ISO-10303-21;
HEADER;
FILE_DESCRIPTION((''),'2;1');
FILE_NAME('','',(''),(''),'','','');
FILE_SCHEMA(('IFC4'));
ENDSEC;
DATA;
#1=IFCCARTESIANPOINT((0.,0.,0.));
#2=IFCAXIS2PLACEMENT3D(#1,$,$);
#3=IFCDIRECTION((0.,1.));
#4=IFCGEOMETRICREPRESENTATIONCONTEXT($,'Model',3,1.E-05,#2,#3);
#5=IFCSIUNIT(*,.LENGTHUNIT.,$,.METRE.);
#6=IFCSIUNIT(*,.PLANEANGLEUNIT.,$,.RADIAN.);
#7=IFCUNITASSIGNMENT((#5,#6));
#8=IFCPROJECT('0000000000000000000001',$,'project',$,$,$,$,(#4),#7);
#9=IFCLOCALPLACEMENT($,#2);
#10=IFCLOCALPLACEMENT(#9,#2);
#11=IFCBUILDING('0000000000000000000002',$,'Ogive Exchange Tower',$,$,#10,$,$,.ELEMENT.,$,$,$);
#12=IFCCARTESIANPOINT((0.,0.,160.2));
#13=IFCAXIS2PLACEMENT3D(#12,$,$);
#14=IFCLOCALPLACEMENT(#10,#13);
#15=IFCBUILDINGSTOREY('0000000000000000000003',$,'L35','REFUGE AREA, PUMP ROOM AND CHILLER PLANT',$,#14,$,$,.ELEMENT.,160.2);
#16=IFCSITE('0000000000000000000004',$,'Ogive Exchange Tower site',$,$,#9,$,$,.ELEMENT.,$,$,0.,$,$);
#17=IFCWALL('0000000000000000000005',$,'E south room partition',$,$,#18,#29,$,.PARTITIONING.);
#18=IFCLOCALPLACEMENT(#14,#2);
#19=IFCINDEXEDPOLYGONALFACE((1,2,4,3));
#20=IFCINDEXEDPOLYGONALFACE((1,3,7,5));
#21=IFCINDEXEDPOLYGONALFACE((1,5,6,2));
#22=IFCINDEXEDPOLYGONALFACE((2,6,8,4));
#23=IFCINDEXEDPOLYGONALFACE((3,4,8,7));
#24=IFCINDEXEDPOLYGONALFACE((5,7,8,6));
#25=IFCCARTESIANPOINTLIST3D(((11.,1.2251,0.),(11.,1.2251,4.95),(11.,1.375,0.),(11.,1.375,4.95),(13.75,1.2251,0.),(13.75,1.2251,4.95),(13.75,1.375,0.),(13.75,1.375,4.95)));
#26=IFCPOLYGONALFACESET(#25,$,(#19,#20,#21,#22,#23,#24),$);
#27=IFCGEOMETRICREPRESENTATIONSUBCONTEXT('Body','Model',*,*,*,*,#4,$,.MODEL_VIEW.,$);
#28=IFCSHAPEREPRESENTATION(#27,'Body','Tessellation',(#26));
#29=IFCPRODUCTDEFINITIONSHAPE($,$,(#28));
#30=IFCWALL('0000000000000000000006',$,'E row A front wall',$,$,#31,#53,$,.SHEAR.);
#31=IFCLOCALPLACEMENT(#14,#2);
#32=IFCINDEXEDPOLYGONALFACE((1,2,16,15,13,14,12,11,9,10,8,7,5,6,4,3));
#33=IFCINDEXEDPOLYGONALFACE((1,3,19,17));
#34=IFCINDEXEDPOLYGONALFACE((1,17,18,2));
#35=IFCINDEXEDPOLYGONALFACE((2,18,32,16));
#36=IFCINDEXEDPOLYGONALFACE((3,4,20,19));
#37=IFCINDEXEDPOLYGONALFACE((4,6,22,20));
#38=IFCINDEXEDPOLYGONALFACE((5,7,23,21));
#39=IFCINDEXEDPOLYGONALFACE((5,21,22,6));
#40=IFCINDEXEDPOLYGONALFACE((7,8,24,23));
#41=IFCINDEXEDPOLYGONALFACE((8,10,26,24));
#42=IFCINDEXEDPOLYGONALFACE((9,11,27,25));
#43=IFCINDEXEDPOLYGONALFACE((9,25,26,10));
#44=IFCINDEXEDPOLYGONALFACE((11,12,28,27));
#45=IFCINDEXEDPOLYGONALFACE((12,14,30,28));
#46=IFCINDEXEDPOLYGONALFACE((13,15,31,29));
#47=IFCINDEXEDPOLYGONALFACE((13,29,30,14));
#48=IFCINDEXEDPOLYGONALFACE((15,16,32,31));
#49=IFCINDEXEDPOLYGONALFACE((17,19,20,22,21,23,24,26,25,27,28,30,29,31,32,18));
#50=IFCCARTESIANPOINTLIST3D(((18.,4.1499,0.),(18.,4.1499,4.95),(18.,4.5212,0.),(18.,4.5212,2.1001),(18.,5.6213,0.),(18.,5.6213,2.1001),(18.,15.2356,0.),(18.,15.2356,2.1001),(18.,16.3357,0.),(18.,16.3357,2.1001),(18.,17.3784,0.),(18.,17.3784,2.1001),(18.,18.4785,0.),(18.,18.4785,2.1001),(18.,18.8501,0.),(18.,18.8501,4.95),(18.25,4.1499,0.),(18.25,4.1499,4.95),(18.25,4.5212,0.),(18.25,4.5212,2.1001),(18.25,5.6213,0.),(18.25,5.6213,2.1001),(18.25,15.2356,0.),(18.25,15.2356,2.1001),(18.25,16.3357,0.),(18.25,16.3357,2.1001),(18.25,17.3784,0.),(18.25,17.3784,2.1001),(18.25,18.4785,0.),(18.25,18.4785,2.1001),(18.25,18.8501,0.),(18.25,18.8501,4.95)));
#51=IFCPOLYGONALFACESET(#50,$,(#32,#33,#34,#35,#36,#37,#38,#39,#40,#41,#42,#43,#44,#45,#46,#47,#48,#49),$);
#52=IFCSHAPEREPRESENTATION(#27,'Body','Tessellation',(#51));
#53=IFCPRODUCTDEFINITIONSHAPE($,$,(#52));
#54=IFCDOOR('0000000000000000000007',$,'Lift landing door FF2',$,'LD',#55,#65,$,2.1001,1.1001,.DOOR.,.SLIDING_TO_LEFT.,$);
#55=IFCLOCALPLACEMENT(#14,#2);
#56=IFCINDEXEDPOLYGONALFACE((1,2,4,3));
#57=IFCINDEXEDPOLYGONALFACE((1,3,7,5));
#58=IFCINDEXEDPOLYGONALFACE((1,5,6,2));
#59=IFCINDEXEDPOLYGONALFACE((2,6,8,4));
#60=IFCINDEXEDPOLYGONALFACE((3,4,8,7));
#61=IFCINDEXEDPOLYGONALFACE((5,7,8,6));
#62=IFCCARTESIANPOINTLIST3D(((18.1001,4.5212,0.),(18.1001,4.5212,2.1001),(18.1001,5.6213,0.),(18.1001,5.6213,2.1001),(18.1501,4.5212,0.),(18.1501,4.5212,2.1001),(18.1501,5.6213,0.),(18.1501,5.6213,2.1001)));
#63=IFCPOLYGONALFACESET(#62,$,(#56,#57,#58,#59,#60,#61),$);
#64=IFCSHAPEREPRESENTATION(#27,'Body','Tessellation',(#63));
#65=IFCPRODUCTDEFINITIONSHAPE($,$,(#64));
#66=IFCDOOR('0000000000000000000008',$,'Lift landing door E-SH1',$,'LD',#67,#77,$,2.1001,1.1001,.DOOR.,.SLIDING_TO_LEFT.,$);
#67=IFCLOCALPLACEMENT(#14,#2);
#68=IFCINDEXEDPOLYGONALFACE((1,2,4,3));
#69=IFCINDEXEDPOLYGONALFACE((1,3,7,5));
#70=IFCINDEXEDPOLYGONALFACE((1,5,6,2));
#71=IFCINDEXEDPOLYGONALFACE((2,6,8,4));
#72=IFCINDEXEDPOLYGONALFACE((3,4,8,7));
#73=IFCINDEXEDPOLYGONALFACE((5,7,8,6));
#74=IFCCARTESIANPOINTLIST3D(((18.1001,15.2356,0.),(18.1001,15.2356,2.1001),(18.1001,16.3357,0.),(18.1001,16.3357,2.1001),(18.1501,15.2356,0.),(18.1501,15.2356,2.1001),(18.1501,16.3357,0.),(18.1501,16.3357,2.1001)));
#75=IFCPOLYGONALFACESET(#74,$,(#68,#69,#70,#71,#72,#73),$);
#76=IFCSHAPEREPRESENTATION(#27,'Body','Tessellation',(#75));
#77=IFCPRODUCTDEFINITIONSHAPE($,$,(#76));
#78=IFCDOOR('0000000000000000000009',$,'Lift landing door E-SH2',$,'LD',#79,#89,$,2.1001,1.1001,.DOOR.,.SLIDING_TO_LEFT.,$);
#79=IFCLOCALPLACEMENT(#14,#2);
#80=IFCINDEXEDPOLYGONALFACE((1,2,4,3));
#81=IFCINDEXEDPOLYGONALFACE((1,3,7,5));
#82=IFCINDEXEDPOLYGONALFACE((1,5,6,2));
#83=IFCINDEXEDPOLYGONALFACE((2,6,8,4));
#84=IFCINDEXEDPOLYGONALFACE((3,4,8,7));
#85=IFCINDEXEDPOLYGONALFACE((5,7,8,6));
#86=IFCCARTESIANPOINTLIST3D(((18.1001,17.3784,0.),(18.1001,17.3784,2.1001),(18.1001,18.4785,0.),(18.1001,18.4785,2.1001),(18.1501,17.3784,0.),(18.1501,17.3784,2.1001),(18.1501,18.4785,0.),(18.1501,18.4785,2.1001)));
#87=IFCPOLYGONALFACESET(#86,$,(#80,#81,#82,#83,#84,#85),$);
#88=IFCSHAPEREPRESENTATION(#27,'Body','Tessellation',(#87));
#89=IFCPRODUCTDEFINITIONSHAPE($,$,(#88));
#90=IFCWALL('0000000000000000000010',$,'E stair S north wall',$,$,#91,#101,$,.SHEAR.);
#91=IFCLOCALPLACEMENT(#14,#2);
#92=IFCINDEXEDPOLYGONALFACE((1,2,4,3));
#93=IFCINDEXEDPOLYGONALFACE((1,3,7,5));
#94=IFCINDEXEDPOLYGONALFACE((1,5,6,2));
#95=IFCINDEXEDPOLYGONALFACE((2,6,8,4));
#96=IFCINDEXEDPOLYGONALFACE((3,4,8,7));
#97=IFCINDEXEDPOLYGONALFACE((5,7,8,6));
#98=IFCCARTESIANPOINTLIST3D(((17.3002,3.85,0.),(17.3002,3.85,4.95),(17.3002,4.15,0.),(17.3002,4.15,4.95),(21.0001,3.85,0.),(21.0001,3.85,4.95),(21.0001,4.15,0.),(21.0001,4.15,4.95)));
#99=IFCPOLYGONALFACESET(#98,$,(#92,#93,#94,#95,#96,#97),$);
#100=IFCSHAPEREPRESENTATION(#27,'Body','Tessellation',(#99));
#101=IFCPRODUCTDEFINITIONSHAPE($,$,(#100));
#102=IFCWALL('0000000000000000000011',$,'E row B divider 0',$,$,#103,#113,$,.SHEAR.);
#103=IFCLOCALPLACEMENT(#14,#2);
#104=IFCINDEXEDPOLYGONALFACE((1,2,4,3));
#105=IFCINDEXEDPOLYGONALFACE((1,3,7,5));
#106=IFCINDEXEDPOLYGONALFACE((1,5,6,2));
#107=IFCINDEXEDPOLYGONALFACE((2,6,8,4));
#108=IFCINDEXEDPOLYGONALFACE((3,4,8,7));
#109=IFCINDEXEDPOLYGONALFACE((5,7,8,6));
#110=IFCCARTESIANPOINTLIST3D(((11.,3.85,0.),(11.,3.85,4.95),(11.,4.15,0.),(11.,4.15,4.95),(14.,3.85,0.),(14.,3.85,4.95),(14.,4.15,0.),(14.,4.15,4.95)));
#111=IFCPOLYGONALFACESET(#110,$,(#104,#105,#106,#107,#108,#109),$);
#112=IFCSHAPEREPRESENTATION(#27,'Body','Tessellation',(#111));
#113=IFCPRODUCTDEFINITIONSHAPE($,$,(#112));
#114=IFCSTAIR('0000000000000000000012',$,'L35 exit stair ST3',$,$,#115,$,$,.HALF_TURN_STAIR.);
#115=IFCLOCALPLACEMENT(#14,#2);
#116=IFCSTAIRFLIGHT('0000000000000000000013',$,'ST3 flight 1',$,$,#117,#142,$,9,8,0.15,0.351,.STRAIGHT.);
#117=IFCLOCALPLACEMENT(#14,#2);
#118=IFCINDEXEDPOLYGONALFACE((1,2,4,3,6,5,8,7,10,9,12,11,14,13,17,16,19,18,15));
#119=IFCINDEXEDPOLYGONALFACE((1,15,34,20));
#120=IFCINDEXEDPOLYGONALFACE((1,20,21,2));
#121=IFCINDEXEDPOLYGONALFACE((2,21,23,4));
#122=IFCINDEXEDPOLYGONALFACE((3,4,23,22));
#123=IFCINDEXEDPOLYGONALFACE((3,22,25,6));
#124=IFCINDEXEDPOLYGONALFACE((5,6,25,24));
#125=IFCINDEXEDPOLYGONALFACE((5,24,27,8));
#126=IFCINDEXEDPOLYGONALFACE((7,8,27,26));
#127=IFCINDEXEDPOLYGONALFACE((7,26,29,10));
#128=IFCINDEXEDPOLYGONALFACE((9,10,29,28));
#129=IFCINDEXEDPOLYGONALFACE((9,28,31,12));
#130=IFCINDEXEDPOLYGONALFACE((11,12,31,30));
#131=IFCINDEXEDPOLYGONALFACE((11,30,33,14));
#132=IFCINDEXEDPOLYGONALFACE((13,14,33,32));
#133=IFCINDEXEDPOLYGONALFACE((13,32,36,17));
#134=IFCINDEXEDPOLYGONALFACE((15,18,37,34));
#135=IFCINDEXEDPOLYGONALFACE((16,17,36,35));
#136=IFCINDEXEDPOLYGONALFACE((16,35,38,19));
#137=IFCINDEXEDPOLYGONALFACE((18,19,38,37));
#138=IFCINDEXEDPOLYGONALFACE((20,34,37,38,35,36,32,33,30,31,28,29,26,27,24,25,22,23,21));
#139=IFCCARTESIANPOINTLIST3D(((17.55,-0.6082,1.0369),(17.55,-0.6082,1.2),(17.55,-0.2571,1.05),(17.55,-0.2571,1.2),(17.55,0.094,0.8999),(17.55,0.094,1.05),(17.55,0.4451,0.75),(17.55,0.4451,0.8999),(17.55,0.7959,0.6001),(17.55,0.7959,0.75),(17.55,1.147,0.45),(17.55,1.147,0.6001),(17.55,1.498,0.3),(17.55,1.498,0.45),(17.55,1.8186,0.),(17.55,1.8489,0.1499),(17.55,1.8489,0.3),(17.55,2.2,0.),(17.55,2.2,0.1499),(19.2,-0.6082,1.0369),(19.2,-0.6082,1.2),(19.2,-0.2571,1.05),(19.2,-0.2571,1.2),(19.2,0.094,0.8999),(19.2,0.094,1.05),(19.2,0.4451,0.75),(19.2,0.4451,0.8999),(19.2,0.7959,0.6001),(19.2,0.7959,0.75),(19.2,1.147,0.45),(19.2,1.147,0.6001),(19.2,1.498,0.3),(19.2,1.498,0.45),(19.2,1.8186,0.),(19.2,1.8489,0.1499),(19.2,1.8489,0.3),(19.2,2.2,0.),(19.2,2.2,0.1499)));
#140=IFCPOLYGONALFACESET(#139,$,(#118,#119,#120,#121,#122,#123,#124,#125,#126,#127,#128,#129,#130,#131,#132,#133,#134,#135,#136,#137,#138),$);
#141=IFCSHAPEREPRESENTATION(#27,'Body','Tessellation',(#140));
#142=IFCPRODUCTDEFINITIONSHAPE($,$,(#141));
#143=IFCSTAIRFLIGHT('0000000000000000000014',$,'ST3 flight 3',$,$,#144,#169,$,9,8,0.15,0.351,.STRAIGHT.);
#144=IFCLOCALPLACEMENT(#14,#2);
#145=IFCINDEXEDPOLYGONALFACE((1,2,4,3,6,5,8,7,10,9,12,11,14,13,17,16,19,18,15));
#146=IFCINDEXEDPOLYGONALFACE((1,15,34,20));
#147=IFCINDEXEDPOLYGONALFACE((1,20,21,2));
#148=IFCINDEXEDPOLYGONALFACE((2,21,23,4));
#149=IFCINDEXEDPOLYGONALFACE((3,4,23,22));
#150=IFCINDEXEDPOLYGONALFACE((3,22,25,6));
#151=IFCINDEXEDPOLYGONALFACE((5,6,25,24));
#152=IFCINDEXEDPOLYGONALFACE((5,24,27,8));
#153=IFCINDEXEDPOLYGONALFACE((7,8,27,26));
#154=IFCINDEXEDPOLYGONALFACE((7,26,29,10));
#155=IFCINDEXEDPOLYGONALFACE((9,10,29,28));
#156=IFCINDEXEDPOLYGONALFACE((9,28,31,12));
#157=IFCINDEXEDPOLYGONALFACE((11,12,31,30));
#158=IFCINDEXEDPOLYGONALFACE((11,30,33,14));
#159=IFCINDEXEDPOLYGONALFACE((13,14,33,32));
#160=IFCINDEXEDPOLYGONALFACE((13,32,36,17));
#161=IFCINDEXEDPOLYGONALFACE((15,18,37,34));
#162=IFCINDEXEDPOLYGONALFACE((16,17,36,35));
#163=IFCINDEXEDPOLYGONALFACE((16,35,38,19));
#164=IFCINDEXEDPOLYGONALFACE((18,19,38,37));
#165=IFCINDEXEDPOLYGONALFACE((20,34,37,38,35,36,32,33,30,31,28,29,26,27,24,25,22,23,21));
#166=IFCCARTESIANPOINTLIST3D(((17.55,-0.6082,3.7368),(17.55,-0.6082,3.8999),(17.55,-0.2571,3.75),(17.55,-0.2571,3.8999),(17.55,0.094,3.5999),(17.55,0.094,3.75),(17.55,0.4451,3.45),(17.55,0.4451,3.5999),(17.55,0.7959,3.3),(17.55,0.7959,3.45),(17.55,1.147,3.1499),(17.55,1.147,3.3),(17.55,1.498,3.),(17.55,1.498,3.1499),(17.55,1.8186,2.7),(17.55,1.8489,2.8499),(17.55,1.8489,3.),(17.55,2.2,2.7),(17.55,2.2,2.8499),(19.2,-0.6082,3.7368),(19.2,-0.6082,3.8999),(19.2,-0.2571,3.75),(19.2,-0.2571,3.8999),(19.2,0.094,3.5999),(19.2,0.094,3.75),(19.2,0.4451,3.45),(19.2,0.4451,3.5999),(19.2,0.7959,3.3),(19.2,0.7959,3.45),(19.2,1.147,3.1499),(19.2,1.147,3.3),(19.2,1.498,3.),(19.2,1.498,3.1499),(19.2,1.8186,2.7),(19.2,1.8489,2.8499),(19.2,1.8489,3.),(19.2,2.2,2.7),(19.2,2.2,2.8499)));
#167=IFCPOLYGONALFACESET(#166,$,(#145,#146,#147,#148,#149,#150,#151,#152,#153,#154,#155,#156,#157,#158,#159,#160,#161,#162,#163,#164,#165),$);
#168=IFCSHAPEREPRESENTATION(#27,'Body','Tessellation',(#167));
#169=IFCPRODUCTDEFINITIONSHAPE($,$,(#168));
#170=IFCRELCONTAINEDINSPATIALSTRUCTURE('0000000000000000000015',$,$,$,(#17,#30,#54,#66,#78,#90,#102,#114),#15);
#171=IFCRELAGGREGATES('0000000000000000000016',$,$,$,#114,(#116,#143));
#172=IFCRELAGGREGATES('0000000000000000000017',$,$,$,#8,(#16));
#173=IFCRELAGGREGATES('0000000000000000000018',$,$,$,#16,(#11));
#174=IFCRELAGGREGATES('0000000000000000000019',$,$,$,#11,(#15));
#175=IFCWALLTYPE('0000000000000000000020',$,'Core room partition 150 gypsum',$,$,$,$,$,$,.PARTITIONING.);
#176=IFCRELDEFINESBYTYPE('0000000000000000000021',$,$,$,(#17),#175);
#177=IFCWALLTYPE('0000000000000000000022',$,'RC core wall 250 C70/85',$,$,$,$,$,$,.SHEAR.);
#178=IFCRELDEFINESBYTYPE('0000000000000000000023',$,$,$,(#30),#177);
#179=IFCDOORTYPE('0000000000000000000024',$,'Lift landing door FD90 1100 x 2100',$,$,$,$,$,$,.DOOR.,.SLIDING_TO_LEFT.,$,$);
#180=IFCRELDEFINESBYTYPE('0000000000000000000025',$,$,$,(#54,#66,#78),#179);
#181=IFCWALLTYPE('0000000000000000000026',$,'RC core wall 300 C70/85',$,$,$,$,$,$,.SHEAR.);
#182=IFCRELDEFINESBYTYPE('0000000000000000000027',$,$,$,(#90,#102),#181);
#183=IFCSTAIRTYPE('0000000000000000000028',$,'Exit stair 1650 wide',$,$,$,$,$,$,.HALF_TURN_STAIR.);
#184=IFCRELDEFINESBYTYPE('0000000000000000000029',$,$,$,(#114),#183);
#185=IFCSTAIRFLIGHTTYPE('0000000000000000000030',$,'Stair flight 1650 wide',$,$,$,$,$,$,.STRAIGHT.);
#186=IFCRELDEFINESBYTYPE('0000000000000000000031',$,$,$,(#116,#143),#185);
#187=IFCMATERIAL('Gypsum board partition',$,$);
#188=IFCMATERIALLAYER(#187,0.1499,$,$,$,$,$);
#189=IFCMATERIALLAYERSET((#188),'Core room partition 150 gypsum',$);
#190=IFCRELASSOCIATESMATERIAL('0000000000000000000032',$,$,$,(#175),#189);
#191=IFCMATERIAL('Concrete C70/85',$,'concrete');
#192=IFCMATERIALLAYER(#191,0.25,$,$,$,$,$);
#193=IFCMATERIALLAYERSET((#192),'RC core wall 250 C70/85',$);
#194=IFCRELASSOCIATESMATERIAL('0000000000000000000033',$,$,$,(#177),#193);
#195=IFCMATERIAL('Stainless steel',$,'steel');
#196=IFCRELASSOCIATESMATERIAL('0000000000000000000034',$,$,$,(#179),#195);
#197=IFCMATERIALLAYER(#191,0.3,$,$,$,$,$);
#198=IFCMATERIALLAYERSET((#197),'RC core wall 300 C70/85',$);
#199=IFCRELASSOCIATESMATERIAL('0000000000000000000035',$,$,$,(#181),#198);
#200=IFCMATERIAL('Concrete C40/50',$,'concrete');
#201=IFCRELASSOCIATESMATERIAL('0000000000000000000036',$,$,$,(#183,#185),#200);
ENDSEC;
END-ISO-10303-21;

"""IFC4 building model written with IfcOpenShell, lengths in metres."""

from ifc_helpers import new_model, si_unit, direction, frame, frame_2d, origin, place, context, subcontext, project, spatial, polyline, rectangle, outline, extrude, material, layer, layer_set, type_object, element, fill, aggregate, save


model = new_model("IFC4")

# Units and contexts
model_context = context("Model", 3, precision=1e-05, world=origin(), true_north=direction((0.0, 1.0)))
body_context = subcontext(model_context, "Body", "Model", "MODEL_VIEW")
ifc_project = project(units=[si_unit("LENGTHUNIT", "METRE"), si_unit("PLANEANGLEUNIT", "RADIAN")], contexts=[model_context])

# Site, building, storey
site_placement = place(None, origin())
site = spatial("IfcSite", under=ifc_project, at=site_placement, Name="Ogive Exchange Tower site", CompositionType="ELEMENT", RefElevation=0.0)
building_placement = place(site_placement, origin())
building = spatial("IfcBuilding", under=site, at=building_placement, Name="Ogive Exchange Tower", CompositionType="ELEMENT")
storey_placement = place(building_placement, frame((0.0, 0.0, 160.2)))
storey = spatial("IfcBuildingStorey", under=building, at=storey_placement, Name="L35", Description="REFUGE AREA, PUMP ROOM AND CHILLER PLANT", CompositionType="ELEMENT", Elevation=160.2)

# Wall
ifc_material_1 = material(Name="Gypsum board partition")
ifc_layer_1 = layer(ifc_material_1, 0.1499)
ifc_layer_set_1 = layer_set([ifc_layer_1], Name="Core room partition 150 gypsum")
wall_type_1 = type_object("IfcWallType", Name="Core room partition 150 gypsum", PredefinedType="PARTITIONING", material=ifc_layer_set_1)
wall_1_placement = place(storey_placement, frame((11.0, 1.3, 0.0), z_axis=(0.0, 0.0, 1.0), x_axis=(1.0, 0.0, 0.0)))
element("IfcWall", 1, at=wall_1_placement, inside=storey, type_object=wall_type_1, Name="E south room partition", PredefinedType="PARTITIONING", context=body_context, shape_type="SweptSolid", body=[
    extrude(rectangle(XDim=2.75, YDim=0.1499, at=frame_2d((1.375, 0.0))), origin(), (0.0, 0.0, 1.0), 4.95),
])

# Wall, openings, doors
ifc_material_2 = material(Name="Concrete C70/85", Category="concrete")
ifc_layer_2 = layer(ifc_material_2, 0.25)
ifc_layer_set_2 = layer_set([ifc_layer_2], Name="RC core wall 250 C70/85")
wall_type_2 = type_object("IfcWallType", Name="RC core wall 250 C70/85", PredefinedType="SHEAR", material=ifc_layer_set_2)
wall_2_placement = place(storey_placement, frame((18.125, 4.1499, 0.0), z_axis=(0.0, 0.0, 1.0), x_axis=(0.0, 1.0, 0.0)))
wall_2 = element("IfcWall", 2, at=wall_2_placement, inside=storey, type_object=wall_type_2, Name="E row A front wall", PredefinedType="SHEAR", context=body_context, shape_type="SweptSolid", body=[
    extrude(rectangle(XDim=14.7002, YDim=0.25, at=frame_2d((7.3501, 0.0))), origin(), (0.0, 0.0, 1.0), 4.95),
])
opening_1_placement = place(wall_2_placement, frame((0.3713, 0.0, 0.0)))
opening_1 = element("IfcOpeningElement", 3, at=opening_1_placement, cuts=wall_2, PredefinedType="OPENING", context=body_context, shape_type="SweptSolid", body=[
    extrude(rectangle(XDim=1.1001, YDim=2.1001, at=frame_2d((0.55, 1.05))), frame((0.0, 0.135, 0.0), z_axis=(0.0, -1.0, 0.0), x_axis=(1.0, 0.0, 0.0)), (0.0, 0.0, 1.0), 0.27),
])
opening_2_placement = place(wall_2_placement, frame((11.0857, 0.0, 0.0)))
opening_2 = element("IfcOpeningElement", 4, at=opening_2_placement, cuts=wall_2, PredefinedType="OPENING", context=body_context, shape_type="SweptSolid", body=[
    extrude(rectangle(XDim=1.1001, YDim=2.1001, at=frame_2d((0.55, 1.05))), frame((0.0, 0.135, 0.0), z_axis=(0.0, -1.0, 0.0), x_axis=(1.0, 0.0, 0.0)), (0.0, 0.0, 1.0), 0.27),
])
opening_3_placement = place(wall_2_placement, frame((13.2285, 0.0, 0.0)))
opening_3 = element("IfcOpeningElement", 5, at=opening_3_placement, cuts=wall_2, PredefinedType="OPENING", context=body_context, shape_type="SweptSolid", body=[
    extrude(rectangle(XDim=1.1001, YDim=2.1001, at=frame_2d((0.55, 1.05))), frame((0.0, 0.135, 0.0), z_axis=(0.0, -1.0, 0.0), x_axis=(1.0, 0.0, 0.0)), (0.0, 0.0, 1.0), 0.27),
])
ifc_material_3 = material(Name="Stainless steel", Category="steel")
door_type = type_object("IfcDoorType", Name="Lift landing door FD90 1100 x 2100", OperationType="SLIDING_TO_LEFT", PredefinedType="DOOR", material=ifc_material_3)
door_1_placement = place(opening_1_placement, origin())
door_1 = element("IfcDoor", 6, at=door_1_placement, inside=storey, type_object=door_type, Name="Lift landing door FF2", ObjectType="LD", OperationType="SLIDING_TO_LEFT", OverallHeight=2.1001, OverallWidth=1.1001, PredefinedType="DOOR", context=body_context, shape_type="SweptSolid", body=[
    extrude(rectangle(XDim=1.1001, YDim=2.1001, at=frame_2d((0.55, 1.05))), frame((0.0, 0.0249, 0.0), z_axis=(0.0, -1.0, 0.0), x_axis=(1.0, 0.0, 0.0)), (0.0, 0.0, 1.0), 0.05),
])
fill(opening_1, door_1)
door_2_placement = place(opening_2_placement, origin())
door_2 = element("IfcDoor", 7, at=door_2_placement, inside=storey, type_object=door_type, Name="Lift landing door E-SH1", ObjectType="LD", OperationType="SLIDING_TO_LEFT", OverallHeight=2.1001, OverallWidth=1.1001, PredefinedType="DOOR", context=body_context, shape_type="SweptSolid", body=[
    extrude(rectangle(XDim=1.1001, YDim=2.1001, at=frame_2d((0.55, 1.05))), frame((0.0, 0.0249, 0.0), z_axis=(0.0, -1.0, 0.0), x_axis=(1.0, 0.0, 0.0)), (0.0, 0.0, 1.0), 0.05),
])
fill(opening_2, door_2)
door_3_placement = place(opening_3_placement, origin())
door_3 = element("IfcDoor", 8, at=door_3_placement, inside=storey, type_object=door_type, Name="Lift landing door E-SH2", ObjectType="LD", OperationType="SLIDING_TO_LEFT", OverallHeight=2.1001, OverallWidth=1.1001, PredefinedType="DOOR", context=body_context, shape_type="SweptSolid", body=[
    extrude(rectangle(XDim=1.1001, YDim=2.1001, at=frame_2d((0.55, 1.05))), frame((0.0, 0.0249, 0.0), z_axis=(0.0, -1.0, 0.0), x_axis=(1.0, 0.0, 0.0)), (0.0, 0.0, 1.0), 0.05),
])
fill(opening_3, door_3)

# Walls
ifc_layer_3 = layer(ifc_material_2, 0.3)
ifc_layer_set_3 = layer_set([ifc_layer_3], Name="RC core wall 300 C70/85")
wall_type_3 = type_object("IfcWallType", Name="RC core wall 300 C70/85", PredefinedType="SHEAR", material=ifc_layer_set_3)
wall_3_placement = place(storey_placement, frame((17.3, 4.0, 0.0), z_axis=(0.0, 0.0, 1.0), x_axis=(1.0, 0.0, 0.0)))
element("IfcWall", 9, at=wall_3_placement, inside=storey, type_object=wall_type_3, Name="E stair S north wall", PredefinedType="SHEAR", context=body_context, shape_type="SweptSolid", body=[
    extrude(rectangle(XDim=3.7, YDim=0.3, at=frame_2d((1.8501, 0.0))), origin(), (0.0, 0.0, 1.0), 4.95),
])
wall_4_placement = place(storey_placement, frame((11.0, 4.0, 0.0), z_axis=(0.0, 0.0, 1.0), x_axis=(1.0, 0.0, 0.0)))
element("IfcWall", 10, at=wall_4_placement, inside=storey, type_object=wall_type_3, Name="E row B divider 0", PredefinedType="SHEAR", context=body_context, shape_type="SweptSolid", body=[
    extrude(rectangle(XDim=3.0, YDim=0.3, at=frame_2d((1.5, 0.0))), origin(), (0.0, 0.0, 1.0), 4.95),
])

# Stair, stair flights
ifc_material_4 = material(Name="Concrete C40/50", Category="concrete")
stair_type = type_object("IfcStairType", Name="Exit stair 1650 wide", PredefinedType="HALF_TURN_STAIR", material=ifc_material_4)
stair_placement = place(storey_placement, origin())
stair = element("IfcStair", 11, at=stair_placement, inside=storey, type_object=stair_type, Name="L35 exit stair ST3", PredefinedType="HALF_TURN_STAIR")
stair_flight_type = type_object("IfcStairFlightType", Name="Stair flight 1650 wide", PredefinedType="STRAIGHT", material=ifc_material_4)
stair_flight_1_placement = place(storey_placement, frame((18.375, 2.2, 0.0), z_axis=(0.0, 0.0, 1.0), x_axis=(0.0, -1.0, 0.0)))
stair_flight_1 = element("IfcStairFlight", 12, at=stair_flight_1_placement, type_object=stair_flight_type, Name="ST3 flight 1", NumberOfRisers=9, NumberOfTreads=8, PredefinedType="STRAIGHT", RiserHeight=0.15, TreadLength=0.351, context=body_context, shape_type="SweptSolid", body=[
    extrude(outline(polyline([(0.0, 0.0), (0.0, 0.1499), (0.3511, 0.1499), (0.3511, 0.3), (0.7019, 0.3), (0.7019, 0.45), (1.053, 0.45), (1.053, 0.6001), (1.4041, 0.6001), (1.4041, 0.75), (1.7549, 0.75), (1.7549, 0.8999), (2.106, 0.8999), (2.106, 1.05), (2.457, 1.05), (2.457, 1.2), (2.8081, 1.2), (2.8081, 1.3501), (2.8081, 1.0369), (0.3813, 0.0), (0.0, 0.0)])), frame((0.0, 0.825, 0.0), z_axis=(0.0, -1.0, 0.0), x_axis=(1.0, 0.0, 0.0)), (0.0, 0.0, 1.0), 1.6499),
])
stair_flight_2_placement = place(storey_placement, frame((18.375, 2.2, 2.7), z_axis=(0.0, 0.0, 1.0), x_axis=(0.0, -1.0, 0.0)))
stair_flight_2 = element("IfcStairFlight", 13, at=stair_flight_2_placement, type_object=stair_flight_type, Name="ST3 flight 3", NumberOfRisers=9, NumberOfTreads=8, PredefinedType="STRAIGHT", RiserHeight=0.15, TreadLength=0.351, context=body_context, shape_type="SweptSolid", body=[
    extrude(outline(polyline([(0.0, 0.0), (0.0, 0.1499), (0.3511, 0.1499), (0.3511, 0.3), (0.7019, 0.3), (0.7019, 0.45), (1.053, 0.45), (1.053, 0.6001), (1.4041, 0.6001), (1.4041, 0.75), (1.7549, 0.75), (1.7549, 0.8999), (2.106, 0.8999), (2.106, 1.05), (2.457, 1.05), (2.457, 1.2), (2.8081, 1.2), (2.8081, 1.3501), (2.8081, 1.0369), (0.3813, 0.0), (0.0, 0.0)])), frame((0.0, 0.825, 0.0), z_axis=(0.0, -1.0, 0.0), x_axis=(1.0, 0.0, 0.0)), (0.0, 0.0, 1.0), 1.6499),
])
aggregate(stair, [stair_flight_1, stair_flight_2])

save(model, "model.ifc")
